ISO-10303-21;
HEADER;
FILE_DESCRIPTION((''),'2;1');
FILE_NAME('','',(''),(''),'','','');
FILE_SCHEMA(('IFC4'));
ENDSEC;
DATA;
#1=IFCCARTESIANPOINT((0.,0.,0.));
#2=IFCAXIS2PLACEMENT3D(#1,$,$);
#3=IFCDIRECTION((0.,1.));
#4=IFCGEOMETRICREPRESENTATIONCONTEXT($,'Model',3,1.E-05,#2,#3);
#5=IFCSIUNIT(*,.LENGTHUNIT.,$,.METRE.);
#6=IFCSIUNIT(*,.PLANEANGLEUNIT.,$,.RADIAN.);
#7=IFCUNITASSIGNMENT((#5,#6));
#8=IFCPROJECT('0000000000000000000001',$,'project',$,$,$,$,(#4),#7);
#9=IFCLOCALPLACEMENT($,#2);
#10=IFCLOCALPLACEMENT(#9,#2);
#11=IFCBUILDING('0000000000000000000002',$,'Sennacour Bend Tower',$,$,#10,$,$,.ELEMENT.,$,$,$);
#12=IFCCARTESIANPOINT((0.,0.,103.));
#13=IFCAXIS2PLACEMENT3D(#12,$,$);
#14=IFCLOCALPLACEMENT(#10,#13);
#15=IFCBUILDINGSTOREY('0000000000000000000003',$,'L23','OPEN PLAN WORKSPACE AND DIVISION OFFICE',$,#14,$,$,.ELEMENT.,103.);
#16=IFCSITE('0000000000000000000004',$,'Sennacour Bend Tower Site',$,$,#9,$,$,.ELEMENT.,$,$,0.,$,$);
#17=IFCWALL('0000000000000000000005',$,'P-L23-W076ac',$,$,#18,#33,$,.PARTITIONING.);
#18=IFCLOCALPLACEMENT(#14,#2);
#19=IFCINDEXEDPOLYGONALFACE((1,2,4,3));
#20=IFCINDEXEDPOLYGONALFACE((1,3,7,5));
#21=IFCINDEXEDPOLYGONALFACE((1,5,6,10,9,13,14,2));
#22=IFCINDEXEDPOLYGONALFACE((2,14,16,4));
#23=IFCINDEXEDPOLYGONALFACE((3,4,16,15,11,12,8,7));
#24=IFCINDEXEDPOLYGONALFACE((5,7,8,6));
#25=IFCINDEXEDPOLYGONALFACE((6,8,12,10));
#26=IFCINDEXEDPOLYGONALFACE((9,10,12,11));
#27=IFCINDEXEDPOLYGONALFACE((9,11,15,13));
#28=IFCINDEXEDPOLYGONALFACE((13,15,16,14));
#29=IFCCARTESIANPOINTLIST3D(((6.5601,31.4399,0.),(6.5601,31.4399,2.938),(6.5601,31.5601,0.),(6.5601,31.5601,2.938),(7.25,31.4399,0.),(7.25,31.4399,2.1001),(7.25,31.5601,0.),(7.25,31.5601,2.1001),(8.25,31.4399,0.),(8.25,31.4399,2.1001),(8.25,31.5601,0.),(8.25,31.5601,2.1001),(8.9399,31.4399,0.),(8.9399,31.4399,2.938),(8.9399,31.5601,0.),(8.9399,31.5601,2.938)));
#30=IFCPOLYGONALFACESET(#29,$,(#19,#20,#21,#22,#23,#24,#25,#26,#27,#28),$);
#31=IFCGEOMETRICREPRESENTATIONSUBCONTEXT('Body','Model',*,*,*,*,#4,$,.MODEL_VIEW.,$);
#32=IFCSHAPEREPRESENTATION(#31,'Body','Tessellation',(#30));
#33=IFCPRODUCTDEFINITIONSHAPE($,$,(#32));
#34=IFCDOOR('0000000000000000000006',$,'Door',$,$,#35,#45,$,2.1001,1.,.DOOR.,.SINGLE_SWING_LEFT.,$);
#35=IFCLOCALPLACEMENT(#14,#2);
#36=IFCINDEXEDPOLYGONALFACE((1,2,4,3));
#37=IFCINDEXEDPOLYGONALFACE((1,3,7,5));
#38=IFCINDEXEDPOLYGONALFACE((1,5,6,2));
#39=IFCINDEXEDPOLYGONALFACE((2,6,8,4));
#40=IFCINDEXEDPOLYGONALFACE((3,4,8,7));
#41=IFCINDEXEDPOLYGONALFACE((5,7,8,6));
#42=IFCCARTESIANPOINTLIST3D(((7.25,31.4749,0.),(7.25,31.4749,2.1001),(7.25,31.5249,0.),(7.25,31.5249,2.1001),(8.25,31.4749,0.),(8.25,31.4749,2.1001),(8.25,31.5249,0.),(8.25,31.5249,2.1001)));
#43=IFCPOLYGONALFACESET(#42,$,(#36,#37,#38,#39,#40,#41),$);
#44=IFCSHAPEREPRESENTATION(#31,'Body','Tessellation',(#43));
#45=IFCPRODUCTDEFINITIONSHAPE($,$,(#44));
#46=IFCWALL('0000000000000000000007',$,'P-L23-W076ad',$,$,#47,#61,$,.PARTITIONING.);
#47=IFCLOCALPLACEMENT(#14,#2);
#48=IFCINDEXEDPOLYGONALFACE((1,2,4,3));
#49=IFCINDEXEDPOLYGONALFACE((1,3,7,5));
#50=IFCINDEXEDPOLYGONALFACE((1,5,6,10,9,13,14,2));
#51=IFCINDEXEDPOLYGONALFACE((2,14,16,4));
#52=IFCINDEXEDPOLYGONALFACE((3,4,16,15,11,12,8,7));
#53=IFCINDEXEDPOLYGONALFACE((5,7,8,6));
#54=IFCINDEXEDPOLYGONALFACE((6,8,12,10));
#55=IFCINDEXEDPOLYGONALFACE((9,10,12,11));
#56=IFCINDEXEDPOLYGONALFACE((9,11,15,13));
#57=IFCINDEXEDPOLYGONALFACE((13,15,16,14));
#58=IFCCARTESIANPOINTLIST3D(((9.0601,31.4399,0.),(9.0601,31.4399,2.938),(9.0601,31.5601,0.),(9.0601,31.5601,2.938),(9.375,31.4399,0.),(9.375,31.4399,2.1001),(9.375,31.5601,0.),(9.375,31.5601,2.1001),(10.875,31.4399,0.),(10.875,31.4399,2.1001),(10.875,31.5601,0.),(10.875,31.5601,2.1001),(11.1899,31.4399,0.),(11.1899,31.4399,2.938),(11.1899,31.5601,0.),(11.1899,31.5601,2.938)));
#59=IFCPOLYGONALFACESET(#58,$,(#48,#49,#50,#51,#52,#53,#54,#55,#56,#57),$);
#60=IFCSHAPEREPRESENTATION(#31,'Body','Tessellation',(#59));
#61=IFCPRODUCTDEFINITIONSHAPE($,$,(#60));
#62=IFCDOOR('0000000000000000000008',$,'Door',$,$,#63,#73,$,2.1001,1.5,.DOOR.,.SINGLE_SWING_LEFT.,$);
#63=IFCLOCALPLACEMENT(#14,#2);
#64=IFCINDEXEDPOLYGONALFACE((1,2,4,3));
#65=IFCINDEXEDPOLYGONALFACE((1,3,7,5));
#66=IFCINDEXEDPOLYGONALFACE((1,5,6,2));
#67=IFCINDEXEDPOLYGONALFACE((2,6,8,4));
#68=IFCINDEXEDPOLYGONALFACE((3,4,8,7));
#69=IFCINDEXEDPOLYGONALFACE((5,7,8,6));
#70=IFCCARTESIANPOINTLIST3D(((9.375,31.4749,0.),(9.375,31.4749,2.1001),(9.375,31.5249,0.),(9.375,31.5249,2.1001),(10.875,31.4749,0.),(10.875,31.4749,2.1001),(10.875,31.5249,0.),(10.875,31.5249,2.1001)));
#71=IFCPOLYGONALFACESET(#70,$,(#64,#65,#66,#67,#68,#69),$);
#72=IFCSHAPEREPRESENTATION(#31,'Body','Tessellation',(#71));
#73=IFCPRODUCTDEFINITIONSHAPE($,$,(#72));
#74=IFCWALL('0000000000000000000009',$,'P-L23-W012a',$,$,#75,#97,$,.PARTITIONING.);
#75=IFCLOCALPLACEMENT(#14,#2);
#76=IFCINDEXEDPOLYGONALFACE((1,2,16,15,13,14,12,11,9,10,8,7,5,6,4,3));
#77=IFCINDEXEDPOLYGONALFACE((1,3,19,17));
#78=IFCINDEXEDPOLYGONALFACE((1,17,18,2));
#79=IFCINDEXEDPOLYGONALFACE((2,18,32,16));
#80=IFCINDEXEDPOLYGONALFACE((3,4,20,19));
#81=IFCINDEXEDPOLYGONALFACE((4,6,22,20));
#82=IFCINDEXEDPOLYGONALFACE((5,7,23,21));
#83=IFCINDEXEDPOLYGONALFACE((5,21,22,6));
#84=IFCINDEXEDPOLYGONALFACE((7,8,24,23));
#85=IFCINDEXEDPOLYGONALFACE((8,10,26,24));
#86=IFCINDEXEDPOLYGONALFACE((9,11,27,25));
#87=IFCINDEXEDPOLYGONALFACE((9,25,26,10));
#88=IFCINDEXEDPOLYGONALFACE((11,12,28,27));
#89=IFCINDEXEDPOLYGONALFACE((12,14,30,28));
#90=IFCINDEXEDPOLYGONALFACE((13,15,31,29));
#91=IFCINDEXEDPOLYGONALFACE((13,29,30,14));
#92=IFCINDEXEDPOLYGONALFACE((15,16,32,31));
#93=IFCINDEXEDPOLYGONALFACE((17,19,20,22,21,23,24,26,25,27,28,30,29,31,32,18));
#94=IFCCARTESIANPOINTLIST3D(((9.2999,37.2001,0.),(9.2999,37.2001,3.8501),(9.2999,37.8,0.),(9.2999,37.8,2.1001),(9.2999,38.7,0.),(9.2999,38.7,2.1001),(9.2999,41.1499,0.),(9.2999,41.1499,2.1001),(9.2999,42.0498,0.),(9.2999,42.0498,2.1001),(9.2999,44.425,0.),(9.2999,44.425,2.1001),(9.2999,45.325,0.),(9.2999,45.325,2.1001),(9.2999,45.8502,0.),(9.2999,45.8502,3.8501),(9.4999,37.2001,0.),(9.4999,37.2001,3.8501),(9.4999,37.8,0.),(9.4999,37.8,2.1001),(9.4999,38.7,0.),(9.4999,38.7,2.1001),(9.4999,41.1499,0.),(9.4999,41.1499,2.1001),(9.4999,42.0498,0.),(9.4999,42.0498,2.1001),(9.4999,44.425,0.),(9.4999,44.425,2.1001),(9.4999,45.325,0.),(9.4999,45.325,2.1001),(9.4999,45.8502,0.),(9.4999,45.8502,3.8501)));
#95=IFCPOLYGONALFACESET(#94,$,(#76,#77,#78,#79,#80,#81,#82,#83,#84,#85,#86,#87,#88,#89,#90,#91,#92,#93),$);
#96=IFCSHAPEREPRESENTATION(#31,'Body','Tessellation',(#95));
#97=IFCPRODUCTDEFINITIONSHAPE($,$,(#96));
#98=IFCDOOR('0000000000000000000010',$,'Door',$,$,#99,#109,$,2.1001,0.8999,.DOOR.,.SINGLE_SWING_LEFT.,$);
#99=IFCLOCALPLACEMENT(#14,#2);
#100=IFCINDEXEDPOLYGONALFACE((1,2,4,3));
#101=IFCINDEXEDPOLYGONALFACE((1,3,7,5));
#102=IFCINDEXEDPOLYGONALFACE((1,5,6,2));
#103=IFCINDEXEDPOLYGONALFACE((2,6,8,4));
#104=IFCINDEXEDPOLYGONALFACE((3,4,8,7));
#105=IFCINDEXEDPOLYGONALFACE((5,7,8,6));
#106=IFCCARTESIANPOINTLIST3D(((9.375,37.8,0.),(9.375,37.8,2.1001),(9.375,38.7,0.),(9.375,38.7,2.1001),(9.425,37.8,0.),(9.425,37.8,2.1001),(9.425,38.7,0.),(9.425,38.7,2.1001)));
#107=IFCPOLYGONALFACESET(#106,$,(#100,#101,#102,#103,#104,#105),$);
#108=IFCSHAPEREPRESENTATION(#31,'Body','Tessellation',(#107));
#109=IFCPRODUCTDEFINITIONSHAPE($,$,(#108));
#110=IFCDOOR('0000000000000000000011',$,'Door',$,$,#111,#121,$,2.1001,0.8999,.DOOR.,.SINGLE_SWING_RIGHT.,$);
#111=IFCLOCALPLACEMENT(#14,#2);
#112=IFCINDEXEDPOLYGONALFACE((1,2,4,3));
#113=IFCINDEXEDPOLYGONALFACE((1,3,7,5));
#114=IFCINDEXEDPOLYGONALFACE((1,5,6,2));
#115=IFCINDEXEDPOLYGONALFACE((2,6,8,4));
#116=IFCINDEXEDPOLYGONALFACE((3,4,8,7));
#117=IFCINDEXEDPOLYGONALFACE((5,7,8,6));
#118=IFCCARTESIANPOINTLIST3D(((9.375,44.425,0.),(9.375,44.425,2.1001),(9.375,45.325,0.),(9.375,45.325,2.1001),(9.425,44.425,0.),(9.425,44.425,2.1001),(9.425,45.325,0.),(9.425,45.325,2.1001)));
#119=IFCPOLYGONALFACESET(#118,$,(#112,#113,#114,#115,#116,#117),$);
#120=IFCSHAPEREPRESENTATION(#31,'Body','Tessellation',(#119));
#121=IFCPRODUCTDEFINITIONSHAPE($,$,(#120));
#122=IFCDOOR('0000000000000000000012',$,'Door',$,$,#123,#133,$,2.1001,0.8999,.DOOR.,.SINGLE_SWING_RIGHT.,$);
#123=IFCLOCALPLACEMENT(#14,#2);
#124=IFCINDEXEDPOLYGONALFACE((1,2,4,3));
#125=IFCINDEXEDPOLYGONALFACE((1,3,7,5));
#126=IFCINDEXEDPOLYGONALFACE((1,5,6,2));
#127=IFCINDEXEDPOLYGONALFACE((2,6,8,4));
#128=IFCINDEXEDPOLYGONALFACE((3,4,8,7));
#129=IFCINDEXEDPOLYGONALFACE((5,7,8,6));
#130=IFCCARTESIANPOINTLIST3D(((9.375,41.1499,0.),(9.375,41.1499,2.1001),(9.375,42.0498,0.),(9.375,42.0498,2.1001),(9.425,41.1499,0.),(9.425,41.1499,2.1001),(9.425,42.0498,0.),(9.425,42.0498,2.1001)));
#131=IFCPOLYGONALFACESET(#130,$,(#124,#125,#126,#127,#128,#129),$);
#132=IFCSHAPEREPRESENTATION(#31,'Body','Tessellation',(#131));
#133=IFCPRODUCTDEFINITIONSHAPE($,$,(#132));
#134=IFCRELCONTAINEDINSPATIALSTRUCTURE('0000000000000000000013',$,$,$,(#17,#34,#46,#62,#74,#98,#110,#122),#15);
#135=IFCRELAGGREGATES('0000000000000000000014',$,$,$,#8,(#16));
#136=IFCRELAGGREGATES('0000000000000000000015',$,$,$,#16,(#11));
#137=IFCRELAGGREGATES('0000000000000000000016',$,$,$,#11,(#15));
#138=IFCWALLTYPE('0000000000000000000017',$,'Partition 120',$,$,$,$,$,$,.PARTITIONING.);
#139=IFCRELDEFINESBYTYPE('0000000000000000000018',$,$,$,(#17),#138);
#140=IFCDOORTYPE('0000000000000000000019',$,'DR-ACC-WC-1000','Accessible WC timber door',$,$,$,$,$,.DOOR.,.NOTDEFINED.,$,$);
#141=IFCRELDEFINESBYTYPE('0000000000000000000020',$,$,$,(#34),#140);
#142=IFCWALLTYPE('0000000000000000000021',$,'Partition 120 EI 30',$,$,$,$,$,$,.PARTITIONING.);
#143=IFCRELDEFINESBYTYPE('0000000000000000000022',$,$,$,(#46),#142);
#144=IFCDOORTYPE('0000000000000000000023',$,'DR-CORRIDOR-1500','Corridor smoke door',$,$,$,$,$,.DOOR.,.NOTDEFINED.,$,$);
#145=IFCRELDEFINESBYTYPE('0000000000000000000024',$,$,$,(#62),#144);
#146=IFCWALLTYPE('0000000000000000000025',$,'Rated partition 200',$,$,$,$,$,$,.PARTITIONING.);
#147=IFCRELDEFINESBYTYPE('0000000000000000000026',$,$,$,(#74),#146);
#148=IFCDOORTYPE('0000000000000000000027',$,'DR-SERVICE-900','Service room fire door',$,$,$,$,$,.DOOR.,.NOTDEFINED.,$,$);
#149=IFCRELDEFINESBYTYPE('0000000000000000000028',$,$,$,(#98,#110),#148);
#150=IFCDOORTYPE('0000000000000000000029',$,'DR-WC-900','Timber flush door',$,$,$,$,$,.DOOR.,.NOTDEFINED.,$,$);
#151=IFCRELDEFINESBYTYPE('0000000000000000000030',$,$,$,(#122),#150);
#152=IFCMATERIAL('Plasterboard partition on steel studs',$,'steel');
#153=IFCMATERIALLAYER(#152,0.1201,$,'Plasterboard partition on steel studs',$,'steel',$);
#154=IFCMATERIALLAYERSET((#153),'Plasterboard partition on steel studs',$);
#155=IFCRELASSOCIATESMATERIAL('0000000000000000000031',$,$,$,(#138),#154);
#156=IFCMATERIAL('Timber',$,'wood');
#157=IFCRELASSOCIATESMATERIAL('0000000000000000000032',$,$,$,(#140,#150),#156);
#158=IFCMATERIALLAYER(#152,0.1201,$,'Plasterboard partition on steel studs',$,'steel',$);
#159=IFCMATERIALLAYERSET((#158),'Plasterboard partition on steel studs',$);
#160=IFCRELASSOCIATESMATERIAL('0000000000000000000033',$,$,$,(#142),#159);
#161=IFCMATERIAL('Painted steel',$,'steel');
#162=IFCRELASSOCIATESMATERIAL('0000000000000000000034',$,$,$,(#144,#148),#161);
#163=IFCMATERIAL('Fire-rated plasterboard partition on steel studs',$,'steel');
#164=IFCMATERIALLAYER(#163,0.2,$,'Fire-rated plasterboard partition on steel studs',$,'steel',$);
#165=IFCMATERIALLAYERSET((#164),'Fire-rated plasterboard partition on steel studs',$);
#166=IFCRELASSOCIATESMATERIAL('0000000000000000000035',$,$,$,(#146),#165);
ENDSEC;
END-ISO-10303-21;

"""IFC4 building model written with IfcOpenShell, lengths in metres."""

from ifc_helpers import new_model, si_unit, direction, frame, frame_2d, origin, place, context, subcontext, project, spatial, rectangle, extrude, material, layer, layer_set, type_object, element, fill, save


model = new_model("IFC4")

# Units and contexts
model_context = context("Model", 3, precision=1e-05, world=origin(), true_north=direction((0.0, 1.0)))
body_context = subcontext(model_context, "Body", "Model", "MODEL_VIEW")
ifc_project = project(units=[si_unit("LENGTHUNIT", "METRE"), si_unit("PLANEANGLEUNIT", "RADIAN")], contexts=[model_context])

# Site, building, storey
site_placement = place(None, origin())
site = spatial("IfcSite", under=ifc_project, at=site_placement, Name="Sennacour Bend Tower Site", CompositionType="ELEMENT", RefElevation=0.0)
building_placement = place(site_placement, origin())
building = spatial("IfcBuilding", under=site, at=building_placement, Name="Sennacour Bend Tower", CompositionType="ELEMENT")
storey_placement = place(building_placement, frame((0.0, 0.0, 103.0)))
storey = spatial("IfcBuildingStorey", under=building, at=storey_placement, Name="L23", Description="OPEN PLAN WORKSPACE AND DIVISION OFFICE", CompositionType="ELEMENT", Elevation=103.0)

# Shared definitions
ifc_material_1 = material(Name="Plasterboard partition on steel studs", Category="steel")
ifc_layer_1 = layer(ifc_material_1, 0.1201, Name="Plasterboard partition on steel studs", Category="steel")
ifc_layer_set_1 = layer_set([ifc_layer_1], Name="Plasterboard partition on steel studs")
wall_type_1 = type_object("IfcWallType", Name="Partition 120", PredefinedType="PARTITIONING", material=ifc_layer_set_1)

# Walls, openings, doors
wall_1_placement = place(storey_placement, frame((6.5601, 31.5, 0.0), z_axis=(0.0, 0.0, 1.0), x_axis=(1.0, 0.0, 0.0)))
wall_1 = element("IfcWall", 1, at=wall_1_placement, inside=storey, type_object=wall_type_1, Name="P-L23-W076ac", PredefinedType="PARTITIONING", context=body_context, shape_type="SweptSolid", body=[
    extrude(rectangle(XDim=2.3799, YDim=0.1201, at=frame_2d((1.1899, 0.0))), origin(), (0.0, 0.0, 1.0), 2.938),
])
opening_1_placement = place(wall_1_placement, frame((0.6899, 0.0, 0.0)))
opening_1 = element("IfcOpeningElement", 2, at=opening_1_placement, cuts=wall_1, PredefinedType="OPENING", context=body_context, shape_type="SweptSolid", body=[
    extrude(rectangle(XDim=1.0, YDim=2.1001, at=frame_2d((0.5, 1.05))), frame((0.0, 0.0701, 0.0), z_axis=(0.0, -1.0, 0.0), x_axis=(1.0, 0.0, 0.0)), (0.0, 0.0, 1.0), 0.1401),
])
ifc_material_2 = material(Name="Timber", Category="wood")
door_type_1 = type_object("IfcDoorType", Name="DR-ACC-WC-1000", Description="Accessible WC timber door", OperationType="NOTDEFINED", PredefinedType="DOOR", material=ifc_material_2)
door_1_placement = place(opening_1_placement, origin())
door_1 = element("IfcDoor", 3, at=door_1_placement, inside=storey, type_object=door_type_1, Name="Door", OperationType="SINGLE_SWING_LEFT", OverallHeight=2.1001, OverallWidth=1.0, PredefinedType="DOOR", context=body_context, shape_type="SweptSolid", body=[
    extrude(rectangle(XDim=1.0, YDim=2.1001, at=frame_2d((0.5, 1.05))), frame((0.0, 0.0249, 0.0), z_axis=(0.0, -1.0, 0.0), x_axis=(1.0, 0.0, 0.0)), (0.0, 0.0, 1.0), 0.05),
])
fill(opening_1, door_1)
ifc_layer_2 = layer(ifc_material_1, 0.1201, Name="Plasterboard partition on steel studs", Category="steel")
ifc_layer_set_2 = layer_set([ifc_layer_2], Name="Plasterboard partition on steel studs")
wall_type_2 = type_object("IfcWallType", Name="Partition 120 EI 30", PredefinedType="PARTITIONING", material=ifc_layer_set_2)
wall_2_placement = place(storey_placement, frame((9.0601, 31.5, 0.0), z_axis=(0.0, 0.0, 1.0), x_axis=(1.0, 0.0, 0.0)))
wall_2 = element("IfcWall", 4, at=wall_2_placement, inside=storey, type_object=wall_type_2, Name="P-L23-W076ad", PredefinedType="PARTITIONING", context=body_context, shape_type="SweptSolid", body=[
    extrude(rectangle(XDim=2.1299, YDim=0.1201, at=frame_2d((1.0649, 0.0))), origin(), (0.0, 0.0, 1.0), 2.938),
])
opening_2_placement = place(wall_2_placement, frame((0.3149, 0.0, 0.0)))
opening_2 = element("IfcOpeningElement", 5, at=opening_2_placement, cuts=wall_2, PredefinedType="OPENING", context=body_context, shape_type="SweptSolid", body=[
    extrude(rectangle(XDim=1.5, YDim=2.1001, at=frame_2d((0.75, 1.05))), frame((0.0, 0.0701, 0.0), z_axis=(0.0, -1.0, 0.0), x_axis=(1.0, 0.0, 0.0)), (0.0, 0.0, 1.0), 0.1401),
])
ifc_material_3 = material(Name="Painted steel", Category="steel")
door_type_2 = type_object("IfcDoorType", Name="DR-CORRIDOR-1500", Description="Corridor smoke door", OperationType="NOTDEFINED", PredefinedType="DOOR", material=ifc_material_3)
door_2_placement = place(opening_2_placement, origin())
door_2 = element("IfcDoor", 6, at=door_2_placement, inside=storey, type_object=door_type_2, Name="Door", OperationType="SINGLE_SWING_LEFT", OverallHeight=2.1001, OverallWidth=1.5, PredefinedType="DOOR", context=body_context, shape_type="SweptSolid", body=[
    extrude(rectangle(XDim=1.5, YDim=2.1001, at=frame_2d((0.75, 1.05))), frame((0.0, 0.0249, 0.0), z_axis=(0.0, -1.0, 0.0), x_axis=(1.0, 0.0, 0.0)), (0.0, 0.0, 1.0), 0.05),
])
fill(opening_2, door_2)

# Wall, openings, doors
ifc_material_4 = material(Name="Fire-rated plasterboard partition on steel studs", Category="steel")
ifc_layer_3 = layer(ifc_material_4, 0.2, Name="Fire-rated plasterboard partition on steel studs", Category="steel")
ifc_layer_set_3 = layer_set([ifc_layer_3], Name="Fire-rated plasterboard partition on steel studs")
wall_type_3 = type_object("IfcWallType", Name="Rated partition 200", PredefinedType="PARTITIONING", material=ifc_layer_set_3)
wall_3_placement = place(storey_placement, frame((9.3999, 37.2, 0.0), z_axis=(0.0, 0.0, 1.0), x_axis=(0.0, 1.0, 0.0)))
wall_3 = element("IfcWall", 7, at=wall_3_placement, inside=storey, type_object=wall_type_3, Name="P-L23-W012a", PredefinedType="PARTITIONING", context=body_context, shape_type="SweptSolid", body=[
    extrude(rectangle(XDim=8.6501, YDim=0.2, at=frame_2d((4.3252, 0.0))), origin(), (0.0, 0.0, 1.0), 3.8501),
])
opening_3_placement = place(wall_3_placement, frame((0.6001, 0.0, 0.0)))
opening_3 = element("IfcOpeningElement", 8, at=opening_3_placement, cuts=wall_3, PredefinedType="OPENING", context=body_context, shape_type="SweptSolid", body=[
    extrude(rectangle(XDim=0.8999, YDim=2.1001, at=frame_2d((0.45, 1.05))), frame((0.0, 0.1099, 0.0), z_axis=(0.0, -1.0, 0.0), x_axis=(1.0, 0.0, 0.0)), (0.0, 0.0, 1.0), 0.22),
])
opening_4_placement = place(wall_3_placement, frame((3.95, 0.0, 0.0)))
opening_4 = element("IfcOpeningElement", 9, at=opening_4_placement, cuts=wall_3, PredefinedType="OPENING", context=body_context, shape_type="SweptSolid", body=[
    extrude(rectangle(XDim=0.8999, YDim=2.1001, at=frame_2d((0.45, 1.05))), frame((0.0, 0.1099, 0.0), z_axis=(0.0, -1.0, 0.0), x_axis=(1.0, 0.0, 0.0)), (0.0, 0.0, 1.0), 0.22),
])
opening_5_placement = place(wall_3_placement, frame((7.2251, 0.0, 0.0)))
opening_5 = element("IfcOpeningElement", 10, at=opening_5_placement, cuts=wall_3, PredefinedType="OPENING", context=body_context, shape_type="SweptSolid", body=[
    extrude(rectangle(XDim=0.8999, YDim=2.1001, at=frame_2d((0.45, 1.05))), frame((0.0, 0.1099, 0.0), z_axis=(0.0, -1.0, 0.0), x_axis=(1.0, 0.0, 0.0)), (0.0, 0.0, 1.0), 0.22),
])
door_type_3 = type_object("IfcDoorType", Name="DR-SERVICE-900", Description="Service room fire door", OperationType="NOTDEFINED", PredefinedType="DOOR", material=ifc_material_3)
door_3_placement = place(opening_3_placement, origin())
door_3 = element("IfcDoor", 11, at=door_3_placement, inside=storey, type_object=door_type_3, Name="Door", OperationType="SINGLE_SWING_LEFT", OverallHeight=2.1001, OverallWidth=0.8999, PredefinedType="DOOR", context=body_context, shape_type="SweptSolid", body=[
    extrude(rectangle(XDim=0.8999, YDim=2.1001, at=frame_2d((0.45, 1.05))), frame((0.0, 0.0249, 0.0), z_axis=(0.0, -1.0, 0.0), x_axis=(1.0, 0.0, 0.0)), (0.0, 0.0, 1.0), 0.05),
])
fill(opening_3, door_3)
door_4_placement = place(opening_5_placement, origin())
door_4 = element("IfcDoor", 12, at=door_4_placement, inside=storey, type_object=door_type_3, Name="Door", OperationType="SINGLE_SWING_RIGHT", OverallHeight=2.1001, OverallWidth=0.8999, PredefinedType="DOOR", context=body_context, shape_type="SweptSolid", body=[
    extrude(rectangle(XDim=0.8999, YDim=2.1001, at=frame_2d((0.45, 1.05))), frame((0.0, 0.0249, 0.0), z_axis=(0.0, -1.0, 0.0), x_axis=(1.0, 0.0, 0.0)), (0.0, 0.0, 1.0), 0.05),
])
fill(opening_5, door_4)
door_type_4 = type_object("IfcDoorType", Name="DR-WC-900", Description="Timber flush door", OperationType="NOTDEFINED", PredefinedType="DOOR", material=ifc_material_2)
door_5_placement = place(opening_4_placement, origin())
door_5 = element("IfcDoor", 13, at=door_5_placement, inside=storey, type_object=door_type_4, Name="Door", OperationType="SINGLE_SWING_RIGHT", OverallHeight=2.1001, OverallWidth=0.8999, PredefinedType="DOOR", context=body_context, shape_type="SweptSolid", body=[
    extrude(rectangle(XDim=0.8999, YDim=2.1001, at=frame_2d((0.45, 1.05))), frame((0.0, 0.0249, 0.0), z_axis=(0.0, -1.0, 0.0), x_axis=(1.0, 0.0, 0.0)), (0.0, 0.0, 1.0), 0.05),
])
fill(opening_4, door_5)

save(model, "model.ifc")
